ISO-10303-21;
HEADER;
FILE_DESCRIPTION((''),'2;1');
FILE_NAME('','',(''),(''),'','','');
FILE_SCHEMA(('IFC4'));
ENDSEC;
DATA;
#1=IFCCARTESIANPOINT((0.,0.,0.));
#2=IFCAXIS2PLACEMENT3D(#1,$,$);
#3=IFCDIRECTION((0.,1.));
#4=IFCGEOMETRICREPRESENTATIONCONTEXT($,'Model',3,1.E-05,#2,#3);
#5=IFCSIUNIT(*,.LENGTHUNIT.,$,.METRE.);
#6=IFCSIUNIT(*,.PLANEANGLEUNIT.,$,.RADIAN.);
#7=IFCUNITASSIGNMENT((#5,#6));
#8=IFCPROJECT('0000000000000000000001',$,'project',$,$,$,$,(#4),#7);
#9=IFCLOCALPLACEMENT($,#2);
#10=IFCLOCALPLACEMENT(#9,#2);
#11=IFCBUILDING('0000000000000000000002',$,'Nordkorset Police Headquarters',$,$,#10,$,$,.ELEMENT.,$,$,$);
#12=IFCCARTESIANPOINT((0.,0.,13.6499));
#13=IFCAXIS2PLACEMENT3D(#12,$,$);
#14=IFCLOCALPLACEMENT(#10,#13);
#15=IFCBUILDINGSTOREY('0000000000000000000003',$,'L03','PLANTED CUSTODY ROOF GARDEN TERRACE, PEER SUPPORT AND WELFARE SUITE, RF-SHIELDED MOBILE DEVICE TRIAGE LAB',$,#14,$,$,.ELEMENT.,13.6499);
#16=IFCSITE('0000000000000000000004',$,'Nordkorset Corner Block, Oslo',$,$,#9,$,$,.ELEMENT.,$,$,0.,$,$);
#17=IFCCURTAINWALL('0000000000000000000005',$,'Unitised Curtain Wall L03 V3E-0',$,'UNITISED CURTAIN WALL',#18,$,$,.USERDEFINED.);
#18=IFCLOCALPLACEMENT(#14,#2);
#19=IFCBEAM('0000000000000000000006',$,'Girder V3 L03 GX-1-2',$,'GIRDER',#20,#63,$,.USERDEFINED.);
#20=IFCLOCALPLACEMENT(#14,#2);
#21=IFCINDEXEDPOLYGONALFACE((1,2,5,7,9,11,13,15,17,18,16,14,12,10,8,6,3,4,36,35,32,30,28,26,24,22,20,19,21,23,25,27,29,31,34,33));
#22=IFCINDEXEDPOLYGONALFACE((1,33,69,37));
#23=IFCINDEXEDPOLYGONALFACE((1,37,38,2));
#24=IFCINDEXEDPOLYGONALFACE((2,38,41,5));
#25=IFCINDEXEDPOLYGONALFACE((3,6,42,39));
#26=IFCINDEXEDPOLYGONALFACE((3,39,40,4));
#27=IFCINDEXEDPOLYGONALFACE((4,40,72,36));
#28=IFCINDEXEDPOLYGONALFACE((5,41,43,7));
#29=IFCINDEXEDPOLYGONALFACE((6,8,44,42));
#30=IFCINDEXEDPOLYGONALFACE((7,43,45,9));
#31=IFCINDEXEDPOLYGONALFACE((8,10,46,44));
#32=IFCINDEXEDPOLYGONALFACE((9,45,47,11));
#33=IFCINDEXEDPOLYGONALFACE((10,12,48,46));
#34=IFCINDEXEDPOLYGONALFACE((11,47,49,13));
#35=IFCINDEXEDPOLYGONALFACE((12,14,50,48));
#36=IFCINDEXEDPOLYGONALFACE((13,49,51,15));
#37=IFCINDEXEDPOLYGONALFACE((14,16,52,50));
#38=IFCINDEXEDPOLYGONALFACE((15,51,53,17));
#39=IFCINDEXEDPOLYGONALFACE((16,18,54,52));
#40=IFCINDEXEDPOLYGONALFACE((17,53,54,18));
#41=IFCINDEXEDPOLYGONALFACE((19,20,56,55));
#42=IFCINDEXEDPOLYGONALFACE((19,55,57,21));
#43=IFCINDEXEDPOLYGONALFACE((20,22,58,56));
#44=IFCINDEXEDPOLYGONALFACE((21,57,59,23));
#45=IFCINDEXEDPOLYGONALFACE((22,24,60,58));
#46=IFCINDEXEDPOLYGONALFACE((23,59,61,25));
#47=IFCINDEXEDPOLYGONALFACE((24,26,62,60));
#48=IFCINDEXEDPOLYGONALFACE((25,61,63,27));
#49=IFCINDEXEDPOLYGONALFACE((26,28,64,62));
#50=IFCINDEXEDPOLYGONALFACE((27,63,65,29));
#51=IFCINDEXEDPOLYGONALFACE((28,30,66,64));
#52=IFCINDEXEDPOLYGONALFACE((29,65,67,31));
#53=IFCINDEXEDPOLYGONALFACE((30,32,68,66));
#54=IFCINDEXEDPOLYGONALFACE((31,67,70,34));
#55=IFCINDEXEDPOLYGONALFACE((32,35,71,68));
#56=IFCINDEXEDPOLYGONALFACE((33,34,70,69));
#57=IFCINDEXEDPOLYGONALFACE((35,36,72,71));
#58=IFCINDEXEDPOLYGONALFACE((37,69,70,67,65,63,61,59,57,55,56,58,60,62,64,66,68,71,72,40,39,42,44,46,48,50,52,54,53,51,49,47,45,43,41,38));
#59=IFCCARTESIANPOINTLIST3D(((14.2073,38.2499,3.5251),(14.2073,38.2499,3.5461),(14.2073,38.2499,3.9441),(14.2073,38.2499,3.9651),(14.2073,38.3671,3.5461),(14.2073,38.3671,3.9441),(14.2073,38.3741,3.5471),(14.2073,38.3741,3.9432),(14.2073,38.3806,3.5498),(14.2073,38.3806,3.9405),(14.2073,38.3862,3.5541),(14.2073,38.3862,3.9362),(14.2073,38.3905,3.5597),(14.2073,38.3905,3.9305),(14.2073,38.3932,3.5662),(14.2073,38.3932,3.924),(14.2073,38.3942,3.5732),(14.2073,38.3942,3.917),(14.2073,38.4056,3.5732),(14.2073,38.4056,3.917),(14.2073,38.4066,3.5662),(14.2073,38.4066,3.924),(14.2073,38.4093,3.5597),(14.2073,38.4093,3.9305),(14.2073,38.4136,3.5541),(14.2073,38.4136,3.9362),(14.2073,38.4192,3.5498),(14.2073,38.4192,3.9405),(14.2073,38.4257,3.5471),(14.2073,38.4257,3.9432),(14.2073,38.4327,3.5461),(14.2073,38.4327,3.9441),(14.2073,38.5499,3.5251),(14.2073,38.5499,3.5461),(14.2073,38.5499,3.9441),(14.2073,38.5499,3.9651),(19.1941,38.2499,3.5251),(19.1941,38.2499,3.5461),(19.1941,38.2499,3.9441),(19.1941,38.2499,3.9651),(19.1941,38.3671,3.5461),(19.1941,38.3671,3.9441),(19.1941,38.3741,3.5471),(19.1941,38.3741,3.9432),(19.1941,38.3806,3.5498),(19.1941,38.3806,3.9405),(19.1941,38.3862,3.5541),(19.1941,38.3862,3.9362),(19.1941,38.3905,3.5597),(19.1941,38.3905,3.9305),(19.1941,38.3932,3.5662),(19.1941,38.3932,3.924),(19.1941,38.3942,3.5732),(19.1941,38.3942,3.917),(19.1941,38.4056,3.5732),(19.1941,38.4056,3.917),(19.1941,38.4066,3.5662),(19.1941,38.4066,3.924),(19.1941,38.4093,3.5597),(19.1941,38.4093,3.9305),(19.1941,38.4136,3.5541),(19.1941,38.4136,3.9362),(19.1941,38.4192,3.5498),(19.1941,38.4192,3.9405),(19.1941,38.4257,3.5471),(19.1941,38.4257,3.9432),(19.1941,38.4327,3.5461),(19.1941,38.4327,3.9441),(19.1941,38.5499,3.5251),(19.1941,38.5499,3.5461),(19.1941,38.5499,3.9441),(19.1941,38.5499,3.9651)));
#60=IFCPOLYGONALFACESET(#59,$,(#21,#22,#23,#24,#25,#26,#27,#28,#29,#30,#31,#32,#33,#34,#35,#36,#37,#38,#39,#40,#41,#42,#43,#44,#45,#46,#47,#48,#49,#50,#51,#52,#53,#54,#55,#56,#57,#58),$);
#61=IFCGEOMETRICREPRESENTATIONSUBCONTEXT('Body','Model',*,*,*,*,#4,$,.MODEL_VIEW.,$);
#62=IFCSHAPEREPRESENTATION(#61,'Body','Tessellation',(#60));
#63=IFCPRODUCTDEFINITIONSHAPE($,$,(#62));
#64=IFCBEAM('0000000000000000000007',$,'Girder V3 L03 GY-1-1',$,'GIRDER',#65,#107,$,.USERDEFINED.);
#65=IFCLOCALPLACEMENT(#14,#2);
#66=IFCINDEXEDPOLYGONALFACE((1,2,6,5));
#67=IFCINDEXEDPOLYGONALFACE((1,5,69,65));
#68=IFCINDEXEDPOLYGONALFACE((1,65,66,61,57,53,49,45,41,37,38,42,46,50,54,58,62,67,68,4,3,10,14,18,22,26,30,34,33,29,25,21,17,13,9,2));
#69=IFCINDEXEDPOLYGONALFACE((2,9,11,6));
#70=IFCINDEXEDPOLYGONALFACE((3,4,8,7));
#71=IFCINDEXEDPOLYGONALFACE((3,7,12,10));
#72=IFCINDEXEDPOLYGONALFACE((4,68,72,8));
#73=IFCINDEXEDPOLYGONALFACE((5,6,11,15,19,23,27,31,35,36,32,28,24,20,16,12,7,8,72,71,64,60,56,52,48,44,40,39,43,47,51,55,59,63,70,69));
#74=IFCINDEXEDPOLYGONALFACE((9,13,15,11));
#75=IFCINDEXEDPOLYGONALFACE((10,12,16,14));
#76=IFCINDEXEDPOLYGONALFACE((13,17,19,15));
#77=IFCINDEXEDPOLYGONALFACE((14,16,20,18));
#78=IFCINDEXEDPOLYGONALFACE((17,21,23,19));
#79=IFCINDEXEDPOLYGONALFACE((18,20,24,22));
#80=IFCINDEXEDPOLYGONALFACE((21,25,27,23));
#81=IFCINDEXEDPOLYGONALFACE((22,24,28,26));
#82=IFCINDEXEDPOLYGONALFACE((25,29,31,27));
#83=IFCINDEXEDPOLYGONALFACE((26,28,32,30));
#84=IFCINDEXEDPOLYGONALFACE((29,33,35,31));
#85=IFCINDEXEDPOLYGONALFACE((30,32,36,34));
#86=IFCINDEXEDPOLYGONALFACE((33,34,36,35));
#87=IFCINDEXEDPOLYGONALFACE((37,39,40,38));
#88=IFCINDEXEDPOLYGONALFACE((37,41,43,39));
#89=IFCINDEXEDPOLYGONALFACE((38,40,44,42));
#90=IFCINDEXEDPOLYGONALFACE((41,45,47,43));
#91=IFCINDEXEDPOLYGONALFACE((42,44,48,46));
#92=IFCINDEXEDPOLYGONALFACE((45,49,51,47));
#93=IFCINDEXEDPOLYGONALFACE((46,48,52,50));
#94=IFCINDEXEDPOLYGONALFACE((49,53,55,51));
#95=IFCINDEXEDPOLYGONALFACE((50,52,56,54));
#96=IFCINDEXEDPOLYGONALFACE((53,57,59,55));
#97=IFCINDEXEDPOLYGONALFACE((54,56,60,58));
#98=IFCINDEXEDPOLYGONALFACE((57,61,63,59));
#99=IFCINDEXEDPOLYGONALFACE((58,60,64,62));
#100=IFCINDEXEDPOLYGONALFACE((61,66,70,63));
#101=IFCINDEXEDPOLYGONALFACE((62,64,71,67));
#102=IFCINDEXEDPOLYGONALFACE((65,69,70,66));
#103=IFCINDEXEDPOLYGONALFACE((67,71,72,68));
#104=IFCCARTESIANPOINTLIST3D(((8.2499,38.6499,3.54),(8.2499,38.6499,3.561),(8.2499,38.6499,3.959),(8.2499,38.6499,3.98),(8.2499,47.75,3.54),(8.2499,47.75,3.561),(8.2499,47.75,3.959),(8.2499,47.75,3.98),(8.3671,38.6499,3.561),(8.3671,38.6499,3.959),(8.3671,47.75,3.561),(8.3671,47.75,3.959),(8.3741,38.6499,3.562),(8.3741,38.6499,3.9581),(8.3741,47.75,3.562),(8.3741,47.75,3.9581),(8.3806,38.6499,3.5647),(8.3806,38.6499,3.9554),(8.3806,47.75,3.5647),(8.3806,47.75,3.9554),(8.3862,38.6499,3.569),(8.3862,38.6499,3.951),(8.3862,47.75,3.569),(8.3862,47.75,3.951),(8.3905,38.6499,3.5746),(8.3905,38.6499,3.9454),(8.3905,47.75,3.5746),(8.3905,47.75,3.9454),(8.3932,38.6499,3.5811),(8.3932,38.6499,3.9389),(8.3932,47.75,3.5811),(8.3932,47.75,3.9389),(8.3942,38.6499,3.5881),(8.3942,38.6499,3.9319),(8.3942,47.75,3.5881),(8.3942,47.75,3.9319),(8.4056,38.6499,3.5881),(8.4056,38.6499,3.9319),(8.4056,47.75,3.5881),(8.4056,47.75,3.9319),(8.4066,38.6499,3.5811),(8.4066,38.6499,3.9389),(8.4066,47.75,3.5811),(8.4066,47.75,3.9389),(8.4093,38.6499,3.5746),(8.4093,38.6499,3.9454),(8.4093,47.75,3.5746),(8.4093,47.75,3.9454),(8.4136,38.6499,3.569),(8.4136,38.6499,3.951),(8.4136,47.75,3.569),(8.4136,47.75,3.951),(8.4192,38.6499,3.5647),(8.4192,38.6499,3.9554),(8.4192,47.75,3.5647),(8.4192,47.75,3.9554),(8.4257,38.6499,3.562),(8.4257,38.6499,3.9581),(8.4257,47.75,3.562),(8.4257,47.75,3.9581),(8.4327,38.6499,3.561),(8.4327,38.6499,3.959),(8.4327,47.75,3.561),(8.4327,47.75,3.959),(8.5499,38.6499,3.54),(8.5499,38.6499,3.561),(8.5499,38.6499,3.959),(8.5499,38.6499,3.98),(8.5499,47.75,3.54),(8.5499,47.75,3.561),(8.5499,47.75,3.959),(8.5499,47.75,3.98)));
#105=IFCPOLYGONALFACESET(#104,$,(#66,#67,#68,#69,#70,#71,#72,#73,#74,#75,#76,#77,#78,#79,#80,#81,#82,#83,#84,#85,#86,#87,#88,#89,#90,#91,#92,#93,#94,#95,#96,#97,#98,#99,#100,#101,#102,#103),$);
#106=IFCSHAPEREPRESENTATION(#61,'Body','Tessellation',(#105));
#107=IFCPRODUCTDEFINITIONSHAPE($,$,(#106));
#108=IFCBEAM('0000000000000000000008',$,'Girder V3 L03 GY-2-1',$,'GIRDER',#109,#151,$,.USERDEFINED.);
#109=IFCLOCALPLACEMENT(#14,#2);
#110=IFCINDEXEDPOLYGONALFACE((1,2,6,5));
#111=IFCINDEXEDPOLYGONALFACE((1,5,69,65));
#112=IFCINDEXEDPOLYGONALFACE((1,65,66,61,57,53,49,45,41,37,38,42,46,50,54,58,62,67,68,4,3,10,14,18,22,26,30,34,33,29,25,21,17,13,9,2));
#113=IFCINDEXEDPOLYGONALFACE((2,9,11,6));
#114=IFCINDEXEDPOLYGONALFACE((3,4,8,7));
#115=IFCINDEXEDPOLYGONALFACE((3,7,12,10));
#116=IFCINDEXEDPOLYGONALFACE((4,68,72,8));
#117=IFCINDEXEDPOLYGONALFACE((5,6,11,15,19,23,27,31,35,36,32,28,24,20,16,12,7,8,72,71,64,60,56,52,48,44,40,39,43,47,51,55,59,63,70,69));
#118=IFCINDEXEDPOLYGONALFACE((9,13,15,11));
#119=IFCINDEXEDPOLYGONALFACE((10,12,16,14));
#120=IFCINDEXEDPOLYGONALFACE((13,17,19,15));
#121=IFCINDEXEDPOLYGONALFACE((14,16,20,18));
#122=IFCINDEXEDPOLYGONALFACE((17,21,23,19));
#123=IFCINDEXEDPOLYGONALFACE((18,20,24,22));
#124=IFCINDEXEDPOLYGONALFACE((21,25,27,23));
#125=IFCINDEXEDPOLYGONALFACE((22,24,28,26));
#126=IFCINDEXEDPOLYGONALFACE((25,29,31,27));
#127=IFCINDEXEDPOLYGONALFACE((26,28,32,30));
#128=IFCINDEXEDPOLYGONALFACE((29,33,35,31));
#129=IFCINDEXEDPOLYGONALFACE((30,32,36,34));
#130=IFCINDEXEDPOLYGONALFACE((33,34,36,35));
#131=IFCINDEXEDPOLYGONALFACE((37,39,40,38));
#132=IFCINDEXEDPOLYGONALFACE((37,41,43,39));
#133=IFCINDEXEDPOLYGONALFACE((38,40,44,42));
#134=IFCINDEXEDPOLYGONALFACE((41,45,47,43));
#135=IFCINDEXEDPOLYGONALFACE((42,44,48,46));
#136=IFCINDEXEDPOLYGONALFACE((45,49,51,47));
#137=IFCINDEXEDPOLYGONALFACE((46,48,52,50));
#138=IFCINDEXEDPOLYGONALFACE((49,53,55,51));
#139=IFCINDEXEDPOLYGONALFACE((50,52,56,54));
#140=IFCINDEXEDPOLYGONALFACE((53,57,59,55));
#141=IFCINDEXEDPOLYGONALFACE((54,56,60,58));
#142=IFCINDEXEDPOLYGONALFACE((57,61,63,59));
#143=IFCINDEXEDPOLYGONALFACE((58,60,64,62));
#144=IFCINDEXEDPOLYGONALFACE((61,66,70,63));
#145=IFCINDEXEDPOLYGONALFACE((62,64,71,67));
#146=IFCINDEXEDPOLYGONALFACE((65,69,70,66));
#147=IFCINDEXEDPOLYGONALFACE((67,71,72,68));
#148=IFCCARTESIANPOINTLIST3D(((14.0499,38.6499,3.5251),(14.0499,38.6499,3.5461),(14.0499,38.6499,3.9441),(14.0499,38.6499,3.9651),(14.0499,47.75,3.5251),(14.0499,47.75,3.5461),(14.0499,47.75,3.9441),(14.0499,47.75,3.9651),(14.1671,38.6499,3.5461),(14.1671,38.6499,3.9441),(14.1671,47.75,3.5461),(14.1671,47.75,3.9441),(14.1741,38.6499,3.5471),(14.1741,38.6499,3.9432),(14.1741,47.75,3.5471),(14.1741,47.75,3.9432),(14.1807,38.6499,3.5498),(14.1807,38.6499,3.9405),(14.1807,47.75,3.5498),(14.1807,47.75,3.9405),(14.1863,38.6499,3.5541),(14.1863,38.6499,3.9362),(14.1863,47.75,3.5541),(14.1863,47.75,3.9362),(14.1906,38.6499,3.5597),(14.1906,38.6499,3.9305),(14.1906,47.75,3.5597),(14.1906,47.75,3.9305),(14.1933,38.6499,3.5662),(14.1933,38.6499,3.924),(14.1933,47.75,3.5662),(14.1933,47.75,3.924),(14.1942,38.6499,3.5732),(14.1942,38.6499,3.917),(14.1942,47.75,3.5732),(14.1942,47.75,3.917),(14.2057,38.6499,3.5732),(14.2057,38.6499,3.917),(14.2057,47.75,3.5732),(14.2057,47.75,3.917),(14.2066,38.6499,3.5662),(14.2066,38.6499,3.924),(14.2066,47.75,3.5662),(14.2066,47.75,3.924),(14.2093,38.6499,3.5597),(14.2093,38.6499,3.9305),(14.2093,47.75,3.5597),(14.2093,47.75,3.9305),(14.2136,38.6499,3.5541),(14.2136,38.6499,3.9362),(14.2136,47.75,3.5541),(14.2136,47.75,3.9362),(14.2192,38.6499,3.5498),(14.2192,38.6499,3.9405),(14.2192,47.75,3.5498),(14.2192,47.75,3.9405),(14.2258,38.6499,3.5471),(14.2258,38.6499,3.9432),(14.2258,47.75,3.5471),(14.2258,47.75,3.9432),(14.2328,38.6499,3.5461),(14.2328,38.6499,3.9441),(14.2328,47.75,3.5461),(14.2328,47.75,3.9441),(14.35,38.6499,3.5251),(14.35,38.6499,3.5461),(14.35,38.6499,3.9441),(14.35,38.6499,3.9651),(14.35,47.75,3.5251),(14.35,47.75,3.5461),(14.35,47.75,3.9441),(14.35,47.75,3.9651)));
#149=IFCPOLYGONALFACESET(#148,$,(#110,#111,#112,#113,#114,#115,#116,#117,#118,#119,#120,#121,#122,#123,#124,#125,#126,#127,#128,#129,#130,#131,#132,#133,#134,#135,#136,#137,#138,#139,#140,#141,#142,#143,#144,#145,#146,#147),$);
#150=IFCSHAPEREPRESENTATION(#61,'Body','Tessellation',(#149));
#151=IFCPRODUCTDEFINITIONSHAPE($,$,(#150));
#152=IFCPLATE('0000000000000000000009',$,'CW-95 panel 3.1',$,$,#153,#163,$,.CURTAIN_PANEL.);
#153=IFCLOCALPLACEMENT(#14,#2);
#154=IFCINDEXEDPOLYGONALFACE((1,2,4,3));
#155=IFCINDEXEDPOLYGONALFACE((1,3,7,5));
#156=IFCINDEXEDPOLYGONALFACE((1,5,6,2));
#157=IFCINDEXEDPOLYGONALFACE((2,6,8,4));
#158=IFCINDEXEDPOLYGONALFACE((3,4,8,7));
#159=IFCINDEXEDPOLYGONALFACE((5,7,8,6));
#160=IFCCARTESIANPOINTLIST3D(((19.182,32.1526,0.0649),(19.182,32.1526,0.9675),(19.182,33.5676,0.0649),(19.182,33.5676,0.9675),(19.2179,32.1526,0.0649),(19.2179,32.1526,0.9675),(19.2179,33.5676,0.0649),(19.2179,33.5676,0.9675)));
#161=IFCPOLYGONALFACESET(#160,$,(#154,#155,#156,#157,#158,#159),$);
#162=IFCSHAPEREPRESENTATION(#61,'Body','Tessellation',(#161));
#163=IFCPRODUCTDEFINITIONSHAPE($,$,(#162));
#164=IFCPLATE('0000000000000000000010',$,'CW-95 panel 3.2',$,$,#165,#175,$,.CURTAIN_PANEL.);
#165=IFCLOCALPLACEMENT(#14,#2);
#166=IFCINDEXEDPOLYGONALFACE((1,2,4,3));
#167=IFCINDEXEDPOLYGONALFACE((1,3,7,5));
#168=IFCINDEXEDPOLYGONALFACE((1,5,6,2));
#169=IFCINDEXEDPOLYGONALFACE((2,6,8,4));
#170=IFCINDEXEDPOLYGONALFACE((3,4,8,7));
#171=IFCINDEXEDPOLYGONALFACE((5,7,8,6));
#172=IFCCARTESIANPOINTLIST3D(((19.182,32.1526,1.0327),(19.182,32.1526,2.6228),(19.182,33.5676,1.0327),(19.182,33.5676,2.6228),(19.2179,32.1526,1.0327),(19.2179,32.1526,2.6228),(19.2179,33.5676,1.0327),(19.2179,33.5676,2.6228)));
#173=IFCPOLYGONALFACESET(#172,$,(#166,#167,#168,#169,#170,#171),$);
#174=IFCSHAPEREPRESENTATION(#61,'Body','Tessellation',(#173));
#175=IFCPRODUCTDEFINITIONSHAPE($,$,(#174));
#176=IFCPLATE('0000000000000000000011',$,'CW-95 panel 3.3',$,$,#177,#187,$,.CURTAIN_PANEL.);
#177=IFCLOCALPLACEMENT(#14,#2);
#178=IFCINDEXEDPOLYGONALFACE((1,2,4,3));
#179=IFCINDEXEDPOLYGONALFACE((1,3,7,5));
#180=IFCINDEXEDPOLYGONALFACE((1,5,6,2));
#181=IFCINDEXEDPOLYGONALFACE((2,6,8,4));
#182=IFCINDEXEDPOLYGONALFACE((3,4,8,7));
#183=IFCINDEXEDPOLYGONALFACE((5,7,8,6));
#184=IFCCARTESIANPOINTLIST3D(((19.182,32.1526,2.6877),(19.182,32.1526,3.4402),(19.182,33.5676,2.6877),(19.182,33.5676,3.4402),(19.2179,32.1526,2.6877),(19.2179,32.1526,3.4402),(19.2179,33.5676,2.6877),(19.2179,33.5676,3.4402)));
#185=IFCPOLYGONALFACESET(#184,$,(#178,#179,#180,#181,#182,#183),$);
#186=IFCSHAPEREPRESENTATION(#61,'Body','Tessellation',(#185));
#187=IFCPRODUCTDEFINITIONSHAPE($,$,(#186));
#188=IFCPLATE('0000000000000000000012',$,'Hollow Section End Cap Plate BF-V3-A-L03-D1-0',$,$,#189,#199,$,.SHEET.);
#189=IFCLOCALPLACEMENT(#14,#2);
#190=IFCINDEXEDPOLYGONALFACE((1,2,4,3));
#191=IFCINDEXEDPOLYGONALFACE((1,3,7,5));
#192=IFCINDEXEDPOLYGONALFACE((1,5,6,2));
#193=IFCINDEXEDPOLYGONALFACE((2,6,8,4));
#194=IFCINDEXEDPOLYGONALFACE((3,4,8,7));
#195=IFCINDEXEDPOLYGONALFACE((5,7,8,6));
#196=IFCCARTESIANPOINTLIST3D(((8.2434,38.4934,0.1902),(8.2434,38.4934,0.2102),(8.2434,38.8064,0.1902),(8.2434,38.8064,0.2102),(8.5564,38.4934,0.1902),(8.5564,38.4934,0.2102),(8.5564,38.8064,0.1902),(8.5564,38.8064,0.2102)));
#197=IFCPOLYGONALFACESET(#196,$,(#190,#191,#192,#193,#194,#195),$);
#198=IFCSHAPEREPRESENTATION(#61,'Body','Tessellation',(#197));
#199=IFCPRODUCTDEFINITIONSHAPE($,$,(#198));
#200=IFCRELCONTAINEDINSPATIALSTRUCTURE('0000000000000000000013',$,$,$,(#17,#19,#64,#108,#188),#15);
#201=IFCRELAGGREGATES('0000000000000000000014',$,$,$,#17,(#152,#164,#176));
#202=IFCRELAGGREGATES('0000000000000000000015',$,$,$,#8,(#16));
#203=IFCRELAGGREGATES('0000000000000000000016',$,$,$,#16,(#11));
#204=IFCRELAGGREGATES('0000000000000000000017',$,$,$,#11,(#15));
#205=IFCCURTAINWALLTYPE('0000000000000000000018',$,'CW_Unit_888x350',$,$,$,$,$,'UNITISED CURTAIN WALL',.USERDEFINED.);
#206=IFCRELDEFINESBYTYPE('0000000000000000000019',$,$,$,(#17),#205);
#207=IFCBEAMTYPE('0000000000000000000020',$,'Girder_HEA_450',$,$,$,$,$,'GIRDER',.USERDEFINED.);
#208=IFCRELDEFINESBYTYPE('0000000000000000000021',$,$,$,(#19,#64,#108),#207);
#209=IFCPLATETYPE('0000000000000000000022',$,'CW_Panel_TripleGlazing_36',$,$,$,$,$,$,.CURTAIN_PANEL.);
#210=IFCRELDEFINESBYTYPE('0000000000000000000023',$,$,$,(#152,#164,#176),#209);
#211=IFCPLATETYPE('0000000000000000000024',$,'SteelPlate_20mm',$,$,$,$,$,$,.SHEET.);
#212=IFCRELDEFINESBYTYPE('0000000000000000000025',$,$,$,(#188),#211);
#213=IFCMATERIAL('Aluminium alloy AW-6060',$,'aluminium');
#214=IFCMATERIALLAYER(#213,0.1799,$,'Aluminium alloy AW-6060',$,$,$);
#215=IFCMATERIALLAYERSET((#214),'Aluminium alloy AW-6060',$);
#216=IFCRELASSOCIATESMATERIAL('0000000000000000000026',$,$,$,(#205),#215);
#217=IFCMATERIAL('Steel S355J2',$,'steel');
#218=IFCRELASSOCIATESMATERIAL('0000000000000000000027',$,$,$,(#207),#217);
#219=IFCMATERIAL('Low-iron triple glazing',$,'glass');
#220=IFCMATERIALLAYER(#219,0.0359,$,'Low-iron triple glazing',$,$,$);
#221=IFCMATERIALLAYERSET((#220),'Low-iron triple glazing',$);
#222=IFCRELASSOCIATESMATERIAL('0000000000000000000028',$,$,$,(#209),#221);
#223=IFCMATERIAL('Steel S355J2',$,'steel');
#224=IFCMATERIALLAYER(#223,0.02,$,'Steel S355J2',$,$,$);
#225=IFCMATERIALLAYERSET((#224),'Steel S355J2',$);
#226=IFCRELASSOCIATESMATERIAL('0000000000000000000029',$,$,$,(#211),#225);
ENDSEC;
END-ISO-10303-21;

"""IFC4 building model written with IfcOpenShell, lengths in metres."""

from ifc_helpers import new_model, si_unit, direction, frame, origin, origin_2d, place, context, subcontext, project, spatial, rectangle, i_section, extrude, material, layer, layer_set, material_profile, profile_set, type_object, element, aggregate, save


model = new_model("IFC4")

# Units and contexts
model_context = context("Model", 3, precision=1e-05, world=origin(), true_north=direction((0.0, 1.0)))
body_context = subcontext(model_context, "Body", "Model", "MODEL_VIEW")
ifc_project = project(units=[si_unit("LENGTHUNIT", "METRE"), si_unit("PLANEANGLEUNIT", "RADIAN")], contexts=[model_context])

# Site, building, storey
site_placement = place(None, origin())
site = spatial("IfcSite", under=ifc_project, at=site_placement, Name="Nordkorset Corner Block, Oslo", CompositionType="ELEMENT", RefElevation=0.0)
building_placement = place(site_placement, origin())
building = spatial("IfcBuilding", under=site, at=building_placement, Name="Nordkorset Police Headquarters", CompositionType="ELEMENT")
storey_placement = place(building_placement, frame((0.0, 0.0, 13.6499)))
storey = spatial("IfcBuildingStorey", under=building, at=storey_placement, Name="L03", Description="PLANTED CUSTODY ROOF GARDEN TERRACE, PEER SUPPORT AND WELFARE SUITE, RF-SHIELDED MOBILE DEVICE TRIAGE LAB", CompositionType="ELEMENT", Elevation=13.6499)

# Curtain wall
ifc_material_1 = material(Name="Aluminium alloy AW-6060", Category="aluminium")
ifc_layer_1 = layer(ifc_material_1, 0.1799, Name="Aluminium alloy AW-6060")
ifc_layer_set_1 = layer_set([ifc_layer_1], Name="Aluminium alloy AW-6060")
curtain_wall_type = type_object("IfcCurtainWallType", Name="CW_Unit_888x350", ElementType="UNITISED CURTAIN WALL", PredefinedType="USERDEFINED", material=ifc_layer_set_1)
curtain_wall_placement = place(storey_placement, origin())
curtain_wall = element("IfcCurtainWall", 1, at=curtain_wall_placement, inside=storey, type_object=curtain_wall_type, Name="Unitised Curtain Wall L03 V3E-0", ObjectType="UNITISED CURTAIN WALL", PredefinedType="USERDEFINED")

# Beams
ifc_material_2 = material(Name="Steel S355J2", Category="steel")
ifc_material_profile_1 = material_profile(ifc_material_2, i_section(OverallWidth=0.3, OverallDepth=0.4399, WebThickness=0.0115, FlangeThickness=0.021, FilletRadius=0.0271, at=origin_2d()), Name="HEA 450")
ifc_profile_set_1 = profile_set([ifc_material_profile_1], Name="Steel S355J2")
beam_type_1 = type_object("IfcBeamType", Name="Girder_HEA_450", ElementType="GIRDER", PredefinedType="USERDEFINED", material=ifc_profile_set_1)
beam_1_placement = place(storey_placement, frame((14.2073, 38.3999, 3.7451), z_axis=(1.0, 0.0, 0.0), x_axis=(0.0, 1.0, 0.0)))
element("IfcBeam", 2, at=beam_1_placement, inside=storey, type_object=beam_type_1, Name="Girder V3 L03 GX-1-2", ObjectType="GIRDER", PredefinedType="USERDEFINED", context=body_context, shape_type="SweptSolid", body=[
    extrude(i_section(OverallWidth=0.3, OverallDepth=0.4399, WebThickness=0.0115, FlangeThickness=0.021, FilletRadius=0.0271, at=origin_2d()), origin(), (0.0, 0.0, 1.0), 4.9868),
])
for number, where, z_axis, x_axis, name in (
    (3, (8.3999, 38.6499, 3.76), (0.0, 1.0, 0.0), (-1.0, 0.0, 0.0), "Girder V3 L03 GY-1-1"),
    (4, (14.2, 38.6499, 3.7451), (0.0, 1.0, 0.0), (-1.0, 0.0, 0.0), "Girder V3 L03 GY-2-1"),
):
    element("IfcBeam", number, at=place(storey_placement, frame(where, z_axis=z_axis, x_axis=x_axis)), inside=storey, type_object=beam_type_1, Name=name, ObjectType="GIRDER", PredefinedType="USERDEFINED", context=body_context, shape_type="SweptSolid", body=[
        extrude(i_section(OverallWidth=0.3, OverallDepth=0.4399, WebThickness=0.0115, FlangeThickness=0.021, FilletRadius=0.0271, at=origin_2d()), origin(), (0.0, 0.0, 1.0), 9.1001),
    ])

# Plates
ifc_material_3 = material(Name="Low-iron triple glazing", Category="glass")
ifc_layer_2 = layer(ifc_material_3, 0.0359, Name="Low-iron triple glazing")
ifc_layer_set_2 = layer_set([ifc_layer_2], Name="Low-iron triple glazing")
plate_type_1 = type_object("IfcPlateType", Name="CW_Panel_TripleGlazing_36", PredefinedType="CURTAIN_PANEL", material=ifc_layer_set_2)
plate_1_placement = place(storey_placement, frame((19.2, 32.8601, 0.0649), z_axis=(0.0, 0.0, 1.0), x_axis=(0.0, 1.0, 0.0)))
plate_1 = element("IfcPlate", 5, at=plate_1_placement, type_object=plate_type_1, Name="CW-95 panel 3.1", PredefinedType="CURTAIN_PANEL", context=body_context, shape_type="SweptSolid", body=[
    extrude(rectangle(XDim=1.415, YDim=0.0359, at=origin_2d()), origin(), (0.0, 0.0, 1.0), 0.9026),
])
plate_2_placement = place(storey_placement, frame((19.2, 32.8601, 1.0327), z_axis=(0.0, 0.0, 1.0), x_axis=(0.0, 1.0, 0.0)))
plate_2 = element("IfcPlate", 6, at=plate_2_placement, type_object=plate_type_1, Name="CW-95 panel 3.2", PredefinedType="CURTAIN_PANEL", context=body_context, shape_type="SweptSolid", body=[
    extrude(rectangle(XDim=1.415, YDim=0.0359, at=origin_2d()), origin(), (0.0, 0.0, 1.0), 1.5901),
])
plate_3_placement = place(storey_placement, frame((19.2, 32.8601, 2.6877), z_axis=(0.0, 0.0, 1.0), x_axis=(0.0, 1.0, 0.0)))
plate_3 = element("IfcPlate", 7, at=plate_3_placement, type_object=plate_type_1, Name="CW-95 panel 3.3", PredefinedType="CURTAIN_PANEL", context=body_context, shape_type="SweptSolid", body=[
    extrude(rectangle(XDim=1.415, YDim=0.0359, at=origin_2d()), origin(), (0.0, 0.0, 1.0), 0.7524),
])
aggregate(curtain_wall, [plate_1, plate_2, plate_3])
ifc_material_4 = material(Name="Steel S355J2", Category="steel")
ifc_layer_3 = layer(ifc_material_4, 0.02, Name="Steel S355J2")
ifc_layer_set_3 = layer_set([ifc_layer_3], Name="Steel S355J2")
plate_type_2 = type_object("IfcPlateType", Name="SteelPlate_20mm", PredefinedType="SHEET", material=ifc_layer_set_3)
plate_4_placement = place(storey_placement, frame((8.3999, 38.6499, 0.1902), z_axis=(0.0, 0.0, 1.0), x_axis=(1.0, 0.0, 0.0)))
element("IfcPlate", 8, at=plate_4_placement, inside=storey, type_object=plate_type_2, Name="Hollow Section End Cap Plate BF-V3-A-L03-D1-0", PredefinedType="SHEET", context=body_context, shape_type="SweptSolid", body=[
    extrude(rectangle(XDim=0.313, YDim=0.313, at=origin_2d()), origin(), (0.0, 0.0, 1.0), 0.02),
])

save(model, "model.ifc")
